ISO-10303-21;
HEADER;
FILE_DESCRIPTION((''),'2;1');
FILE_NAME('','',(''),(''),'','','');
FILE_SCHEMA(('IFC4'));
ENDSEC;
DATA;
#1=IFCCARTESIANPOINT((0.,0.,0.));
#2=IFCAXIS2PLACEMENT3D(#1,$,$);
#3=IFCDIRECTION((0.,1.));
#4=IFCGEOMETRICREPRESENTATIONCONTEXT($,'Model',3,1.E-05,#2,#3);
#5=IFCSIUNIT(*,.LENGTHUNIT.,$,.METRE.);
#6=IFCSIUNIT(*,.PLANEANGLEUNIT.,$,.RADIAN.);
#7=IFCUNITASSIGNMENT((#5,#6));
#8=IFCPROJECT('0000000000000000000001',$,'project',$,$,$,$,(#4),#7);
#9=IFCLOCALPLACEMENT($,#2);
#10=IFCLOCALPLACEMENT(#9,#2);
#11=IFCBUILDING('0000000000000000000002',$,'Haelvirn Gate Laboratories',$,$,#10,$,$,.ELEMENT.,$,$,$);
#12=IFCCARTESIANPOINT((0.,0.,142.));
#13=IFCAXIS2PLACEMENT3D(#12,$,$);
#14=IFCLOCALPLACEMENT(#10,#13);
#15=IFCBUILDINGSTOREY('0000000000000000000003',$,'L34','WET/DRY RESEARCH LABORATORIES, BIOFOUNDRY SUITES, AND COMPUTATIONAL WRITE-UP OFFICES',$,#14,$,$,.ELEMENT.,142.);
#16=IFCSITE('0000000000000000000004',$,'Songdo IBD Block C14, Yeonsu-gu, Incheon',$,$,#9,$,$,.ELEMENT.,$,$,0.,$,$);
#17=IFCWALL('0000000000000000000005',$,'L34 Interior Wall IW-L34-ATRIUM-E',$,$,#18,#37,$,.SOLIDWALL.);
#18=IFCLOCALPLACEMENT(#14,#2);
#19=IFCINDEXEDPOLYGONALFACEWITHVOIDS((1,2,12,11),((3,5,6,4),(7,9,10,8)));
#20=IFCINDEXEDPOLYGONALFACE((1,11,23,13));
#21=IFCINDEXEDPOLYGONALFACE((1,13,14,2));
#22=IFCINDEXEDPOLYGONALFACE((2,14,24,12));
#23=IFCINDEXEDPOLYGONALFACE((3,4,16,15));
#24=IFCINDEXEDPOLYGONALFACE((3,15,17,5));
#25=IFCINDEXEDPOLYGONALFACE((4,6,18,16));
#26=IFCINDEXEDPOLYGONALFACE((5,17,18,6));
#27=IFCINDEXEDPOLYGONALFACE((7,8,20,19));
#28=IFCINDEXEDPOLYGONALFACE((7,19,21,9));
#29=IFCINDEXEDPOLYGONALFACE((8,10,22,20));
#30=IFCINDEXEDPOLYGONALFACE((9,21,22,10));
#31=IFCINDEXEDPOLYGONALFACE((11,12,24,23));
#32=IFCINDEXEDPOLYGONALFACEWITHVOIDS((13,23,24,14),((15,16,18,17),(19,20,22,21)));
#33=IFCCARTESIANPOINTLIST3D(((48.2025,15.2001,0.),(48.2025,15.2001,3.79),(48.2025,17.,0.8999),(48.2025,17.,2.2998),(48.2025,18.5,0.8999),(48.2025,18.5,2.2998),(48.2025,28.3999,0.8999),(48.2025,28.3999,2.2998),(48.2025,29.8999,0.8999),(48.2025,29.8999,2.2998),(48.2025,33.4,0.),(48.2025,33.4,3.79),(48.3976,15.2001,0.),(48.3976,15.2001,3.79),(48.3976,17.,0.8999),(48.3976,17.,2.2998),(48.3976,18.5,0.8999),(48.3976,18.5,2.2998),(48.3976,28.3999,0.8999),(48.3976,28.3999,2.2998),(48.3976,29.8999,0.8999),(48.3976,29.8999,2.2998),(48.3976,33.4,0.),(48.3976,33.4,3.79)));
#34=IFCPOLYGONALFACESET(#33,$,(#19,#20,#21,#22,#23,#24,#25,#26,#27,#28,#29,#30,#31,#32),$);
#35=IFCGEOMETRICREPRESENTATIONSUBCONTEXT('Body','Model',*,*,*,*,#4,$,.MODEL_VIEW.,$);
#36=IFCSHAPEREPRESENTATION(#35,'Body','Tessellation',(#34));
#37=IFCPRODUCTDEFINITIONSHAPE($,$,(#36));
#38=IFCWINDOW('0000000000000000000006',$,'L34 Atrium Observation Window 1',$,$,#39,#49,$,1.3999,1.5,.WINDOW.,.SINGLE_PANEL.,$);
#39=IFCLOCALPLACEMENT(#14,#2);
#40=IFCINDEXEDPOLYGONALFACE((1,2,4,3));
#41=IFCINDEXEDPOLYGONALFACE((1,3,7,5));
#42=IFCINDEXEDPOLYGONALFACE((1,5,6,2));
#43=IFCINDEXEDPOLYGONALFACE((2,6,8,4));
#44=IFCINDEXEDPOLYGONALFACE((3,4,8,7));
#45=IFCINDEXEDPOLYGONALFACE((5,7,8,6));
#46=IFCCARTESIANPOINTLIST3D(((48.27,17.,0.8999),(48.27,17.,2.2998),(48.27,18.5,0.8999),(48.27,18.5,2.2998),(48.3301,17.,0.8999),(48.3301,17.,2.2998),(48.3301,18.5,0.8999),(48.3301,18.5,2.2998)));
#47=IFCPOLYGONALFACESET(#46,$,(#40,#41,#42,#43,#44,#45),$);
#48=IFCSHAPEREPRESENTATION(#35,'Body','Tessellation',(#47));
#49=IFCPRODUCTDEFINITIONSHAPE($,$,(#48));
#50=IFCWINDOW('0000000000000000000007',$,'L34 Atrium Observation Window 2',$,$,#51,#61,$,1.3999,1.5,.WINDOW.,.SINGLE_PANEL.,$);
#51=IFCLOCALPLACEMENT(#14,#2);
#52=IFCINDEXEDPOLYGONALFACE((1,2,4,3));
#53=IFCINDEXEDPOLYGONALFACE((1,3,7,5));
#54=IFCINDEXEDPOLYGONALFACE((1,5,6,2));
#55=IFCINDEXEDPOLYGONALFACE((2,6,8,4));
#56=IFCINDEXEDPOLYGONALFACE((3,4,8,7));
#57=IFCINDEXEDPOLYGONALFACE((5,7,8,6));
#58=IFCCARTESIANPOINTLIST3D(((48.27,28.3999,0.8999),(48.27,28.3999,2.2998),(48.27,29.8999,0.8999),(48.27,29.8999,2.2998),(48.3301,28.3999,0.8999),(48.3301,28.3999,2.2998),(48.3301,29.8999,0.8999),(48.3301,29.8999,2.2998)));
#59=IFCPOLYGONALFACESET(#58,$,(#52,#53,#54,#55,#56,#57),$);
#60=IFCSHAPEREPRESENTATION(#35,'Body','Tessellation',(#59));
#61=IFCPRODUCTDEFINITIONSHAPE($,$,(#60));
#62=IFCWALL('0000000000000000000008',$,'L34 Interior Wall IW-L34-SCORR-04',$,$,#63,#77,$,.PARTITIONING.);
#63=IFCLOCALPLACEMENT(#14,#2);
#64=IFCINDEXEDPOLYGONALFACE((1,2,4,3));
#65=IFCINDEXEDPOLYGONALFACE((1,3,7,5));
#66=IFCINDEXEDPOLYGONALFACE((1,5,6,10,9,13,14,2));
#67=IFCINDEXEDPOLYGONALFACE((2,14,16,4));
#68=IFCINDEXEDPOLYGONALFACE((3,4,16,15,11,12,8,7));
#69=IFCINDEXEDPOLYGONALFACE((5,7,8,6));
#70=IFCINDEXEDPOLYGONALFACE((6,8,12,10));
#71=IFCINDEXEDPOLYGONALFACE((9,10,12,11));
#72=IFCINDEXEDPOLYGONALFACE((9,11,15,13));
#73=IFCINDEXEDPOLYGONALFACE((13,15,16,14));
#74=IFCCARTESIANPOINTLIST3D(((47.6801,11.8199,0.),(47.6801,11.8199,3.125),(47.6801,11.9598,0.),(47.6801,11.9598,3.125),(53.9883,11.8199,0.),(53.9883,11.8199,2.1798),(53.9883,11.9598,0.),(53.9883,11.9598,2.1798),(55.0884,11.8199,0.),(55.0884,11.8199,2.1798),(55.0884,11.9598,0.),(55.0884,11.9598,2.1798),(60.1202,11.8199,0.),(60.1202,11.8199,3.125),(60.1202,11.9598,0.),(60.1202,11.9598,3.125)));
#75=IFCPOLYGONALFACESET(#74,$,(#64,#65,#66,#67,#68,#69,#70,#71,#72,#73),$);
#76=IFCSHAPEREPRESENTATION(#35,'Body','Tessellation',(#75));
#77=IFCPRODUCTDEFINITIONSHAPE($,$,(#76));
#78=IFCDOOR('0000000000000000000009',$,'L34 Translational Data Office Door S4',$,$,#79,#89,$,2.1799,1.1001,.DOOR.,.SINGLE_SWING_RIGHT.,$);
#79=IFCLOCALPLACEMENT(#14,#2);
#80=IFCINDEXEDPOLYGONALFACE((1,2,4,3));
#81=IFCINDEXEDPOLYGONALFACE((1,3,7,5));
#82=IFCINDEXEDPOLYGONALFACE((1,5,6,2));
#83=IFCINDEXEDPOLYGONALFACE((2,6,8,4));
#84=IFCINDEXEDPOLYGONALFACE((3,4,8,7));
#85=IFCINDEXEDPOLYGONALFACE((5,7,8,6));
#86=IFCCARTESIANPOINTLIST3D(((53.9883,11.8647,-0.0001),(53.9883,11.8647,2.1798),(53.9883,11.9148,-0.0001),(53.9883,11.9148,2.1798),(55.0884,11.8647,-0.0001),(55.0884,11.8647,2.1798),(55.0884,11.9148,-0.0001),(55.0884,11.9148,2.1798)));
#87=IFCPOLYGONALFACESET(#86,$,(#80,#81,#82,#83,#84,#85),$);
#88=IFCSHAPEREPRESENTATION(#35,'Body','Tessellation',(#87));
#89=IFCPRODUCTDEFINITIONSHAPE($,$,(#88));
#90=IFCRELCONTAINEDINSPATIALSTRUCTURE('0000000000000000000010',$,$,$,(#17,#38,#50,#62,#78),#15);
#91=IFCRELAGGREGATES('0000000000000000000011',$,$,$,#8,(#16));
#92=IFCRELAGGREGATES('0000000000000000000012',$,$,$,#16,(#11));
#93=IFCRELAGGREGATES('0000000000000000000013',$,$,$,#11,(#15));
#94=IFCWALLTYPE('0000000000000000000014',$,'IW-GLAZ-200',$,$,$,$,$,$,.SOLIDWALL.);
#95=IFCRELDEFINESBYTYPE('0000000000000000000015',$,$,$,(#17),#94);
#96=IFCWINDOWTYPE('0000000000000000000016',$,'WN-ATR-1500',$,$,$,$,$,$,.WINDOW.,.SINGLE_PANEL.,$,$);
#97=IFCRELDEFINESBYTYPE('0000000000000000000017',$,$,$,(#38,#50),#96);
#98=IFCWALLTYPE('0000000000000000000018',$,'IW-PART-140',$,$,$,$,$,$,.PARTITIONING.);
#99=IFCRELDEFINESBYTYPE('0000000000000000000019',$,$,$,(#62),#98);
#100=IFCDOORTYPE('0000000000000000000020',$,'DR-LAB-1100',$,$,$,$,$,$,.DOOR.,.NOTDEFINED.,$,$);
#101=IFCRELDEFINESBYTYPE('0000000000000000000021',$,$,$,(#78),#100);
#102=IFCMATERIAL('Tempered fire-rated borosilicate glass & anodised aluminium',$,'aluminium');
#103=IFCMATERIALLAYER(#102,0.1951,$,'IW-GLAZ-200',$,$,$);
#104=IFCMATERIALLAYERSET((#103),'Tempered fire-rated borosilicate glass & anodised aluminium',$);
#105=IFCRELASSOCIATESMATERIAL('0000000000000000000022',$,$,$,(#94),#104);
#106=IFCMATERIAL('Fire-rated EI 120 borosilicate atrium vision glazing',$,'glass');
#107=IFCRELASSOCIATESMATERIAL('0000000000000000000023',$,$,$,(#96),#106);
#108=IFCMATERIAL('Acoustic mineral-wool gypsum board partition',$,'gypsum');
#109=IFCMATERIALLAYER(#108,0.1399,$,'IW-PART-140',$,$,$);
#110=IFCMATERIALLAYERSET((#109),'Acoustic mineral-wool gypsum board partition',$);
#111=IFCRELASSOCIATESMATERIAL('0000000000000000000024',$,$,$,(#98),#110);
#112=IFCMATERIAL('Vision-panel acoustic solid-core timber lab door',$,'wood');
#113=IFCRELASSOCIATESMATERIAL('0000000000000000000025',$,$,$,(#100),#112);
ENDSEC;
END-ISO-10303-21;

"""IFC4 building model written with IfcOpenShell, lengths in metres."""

from ifc_helpers import new_model, si_unit, direction, frame, frame_2d, origin, place, context, subcontext, project, spatial, rectangle, extrude, source, transform, mapped, material, layer, layer_set, type_object, type_shapes, element, fill, save


model = new_model("IFC4")

# Units and contexts
model_context = context("Model", 3, precision=1e-05, world=origin(), true_north=direction((0.0, 1.0)))
body_context = subcontext(model_context, "Body", "Model", "MODEL_VIEW")
ifc_project = project(units=[si_unit("LENGTHUNIT", "METRE"), si_unit("PLANEANGLEUNIT", "RADIAN")], contexts=[model_context])

# Site, building, storey
site_placement = place(None, origin())
site = spatial("IfcSite", under=ifc_project, at=site_placement, Name="Songdo IBD Block C14, Yeonsu-gu, Incheon", CompositionType="ELEMENT", RefElevation=0.0)
building_placement = place(site_placement, origin())
building = spatial("IfcBuilding", under=site, at=building_placement, Name="Haelvirn Gate Laboratories", CompositionType="ELEMENT")
storey_placement = place(building_placement, frame((0.0, 0.0, 142.0)))
storey = spatial("IfcBuildingStorey", under=building, at=storey_placement, Name="L34", Description="WET/DRY RESEARCH LABORATORIES, BIOFOUNDRY SUITES, AND COMPUTATIONAL WRITE-UP OFFICES", CompositionType="ELEMENT", Elevation=142.0)

# Wall, openings, windows
ifc_material_1 = material(Name="Tempered fire-rated borosilicate glass & anodised aluminium", Category="aluminium")
ifc_layer_1 = layer(ifc_material_1, 0.1951, Name="IW-GLAZ-200")
ifc_layer_set_1 = layer_set([ifc_layer_1], Name="Tempered fire-rated borosilicate glass & anodised aluminium")
wall_type_1 = type_object("IfcWallType", Name="IW-GLAZ-200", PredefinedType="SOLIDWALL", material=ifc_layer_set_1)
wall_1_placement = place(storey_placement, frame((48.3, 15.2, 0.0), z_axis=(0.0, 0.0, 1.0), x_axis=(0.0, 1.0, 0.0)))
wall_1 = element("IfcWall", 1, at=wall_1_placement, inside=storey, type_object=wall_type_1, Name="L34 Interior Wall IW-L34-ATRIUM-E", PredefinedType="SOLIDWALL", context=body_context, shape_type="SweptSolid", body=[
    extrude(rectangle(XDim=18.2, YDim=0.1951, at=frame_2d((9.1001, 0.0))), origin(), (0.0, 0.0, 1.0), 3.79),
])
opening_1_placement = place(wall_1_placement, frame((1.8, 0.0, 0.8999)))
opening_1 = element("IfcOpeningElement", 2, at=opening_1_placement, cuts=wall_1, PredefinedType="OPENING", context=body_context, shape_type="SweptSolid", body=[
    extrude(rectangle(XDim=1.5, YDim=1.3999, at=frame_2d((0.75, 0.7))), frame((0.0, 0.1074, 0.0), z_axis=(0.0, -1.0, 0.0), x_axis=(1.0, 0.0, 0.0)), (0.0, 0.0, 1.0), 0.2151),
])
opening_2_placement = place(wall_1_placement, frame((13.2, 0.0, 0.8999)))
opening_2 = element("IfcOpeningElement", 3, at=opening_2_placement, cuts=wall_1, PredefinedType="OPENING", context=body_context, shape_type="SweptSolid", body=[
    extrude(rectangle(XDim=1.5, YDim=1.3999, at=frame_2d((0.75, 0.7))), frame((0.0, 0.1074, 0.0), z_axis=(0.0, -1.0, 0.0), x_axis=(1.0, 0.0, 0.0)), (0.0, 0.0, 1.0), 0.2151),
])
ifc_material_2 = material(Name="Fire-rated EI 120 borosilicate atrium vision glazing", Category="glass")
window_type = type_object("IfcWindowType", Name="WN-ATR-1500", PartitioningType="SINGLE_PANEL", PredefinedType="WINDOW", material=ifc_material_2)
shared_shape_1 = source(origin(), body_context, "Body", "SweptSolid", [
    extrude(rectangle(XDim=1.5, YDim=1.3999, at=frame_2d((0.75, 0.7))), frame((0.0, 0.03, 0.0), z_axis=(0.0, -1.0, 0.0), x_axis=(1.0, 0.0, 0.0)), (0.0, 0.0, 1.0), 0.0601),
])
type_shapes(window_type, [shared_shape_1])
window_1_placement = place(opening_1_placement, origin())
window_1 = element("IfcWindow", 4, at=window_1_placement, inside=storey, type_object=window_type, Name="L34 Atrium Observation Window 1", OverallHeight=1.3999, OverallWidth=1.5, PartitioningType="SINGLE_PANEL", PredefinedType="WINDOW", context=body_context, shape_type="MappedRepresentation", body=[
    mapped(shared_shape_1, transform((0.0, 0.0, 0.0), scale=1.0)),
])
fill(opening_1, window_1)
window_2_placement = place(opening_2_placement, origin())
window_2 = element("IfcWindow", 5, at=window_2_placement, inside=storey, type_object=window_type, Name="L34 Atrium Observation Window 2", OverallHeight=1.3999, OverallWidth=1.5, PartitioningType="SINGLE_PANEL", PredefinedType="WINDOW", context=body_context, shape_type="MappedRepresentation", body=[
    mapped(shared_shape_1, transform((0.0, 0.0, 0.0), scale=1.0)),
])
fill(opening_2, window_2)

# Wall, opening, door
ifc_material_3 = material(Name="Acoustic mineral-wool gypsum board partition", Category="gypsum")
ifc_layer_2 = layer(ifc_material_3, 0.1399, Name="IW-PART-140")
ifc_layer_set_2 = layer_set([ifc_layer_2], Name="Acoustic mineral-wool gypsum board partition")
wall_type_2 = type_object("IfcWallType", Name="IW-PART-140", PredefinedType="PARTITIONING", material=ifc_layer_set_2)
wall_2_placement = place(storey_placement, frame((47.6799, 11.8899, 0.0), z_axis=(0.0, 0.0, 1.0), x_axis=(1.0, 0.0, 0.0)))
wall_2 = element("IfcWall", 6, at=wall_2_placement, inside=storey, type_object=wall_type_2, Name="L34 Interior Wall IW-L34-SCORR-04", PredefinedType="PARTITIONING", context=body_context, shape_type="SweptSolid", body=[
    extrude(rectangle(XDim=12.4402, YDim=0.1399, at=frame_2d((6.2202, 0.0))), origin(), (0.0, 0.0, 1.0), 3.125),
])
opening_3_placement = place(wall_2_placement, frame((6.3083, 0.0, 0.0)))
opening_3 = element("IfcOpeningElement", 7, at=opening_3_placement, cuts=wall_2, PredefinedType="OPENING", context=body_context, shape_type="SweptSolid", body=[
    extrude(rectangle(XDim=1.1001, YDim=2.1799, at=frame_2d((0.55, 1.0898))), frame((0.0, 0.0801, 0.0), z_axis=(0.0, -1.0, 0.0), x_axis=(1.0, 0.0, 0.0)), (0.0, 0.0, 1.0), 0.1599),
])
ifc_material_4 = material(Name="Vision-panel acoustic solid-core timber lab door", Category="wood")
door_type_1 = type_object("IfcDoorType", Name="DR-LAB-1100", OperationType="NOTDEFINED", PredefinedType="DOOR", material=ifc_material_4)
shared_shape_2 = source(origin(), body_context, "Body", "SweptSolid", [
    extrude(rectangle(XDim=1.1001, YDim=2.1799, at=frame_2d((0.55, 1.0898))), frame((0.0, 0.0249, 0.0), z_axis=(0.0, -1.0, 0.0), x_axis=(1.0, 0.0, 0.0)), (0.0, 0.0, 1.0), 0.05),
])
type_shapes(door_type_1, [shared_shape_2])
door_1_placement = place(opening_3_placement, origin())
door_1 = element("IfcDoor", 8, at=door_1_placement, inside=storey, type_object=door_type_1, Name="L34 Translational Data Office Door S4", OperationType="SINGLE_SWING_RIGHT", OverallHeight=2.1799, OverallWidth=1.1001, PredefinedType="DOOR", context=body_context, shape_type="MappedRepresentation", body=[
    mapped(shared_shape_2, transform((0.0, 0.0, 0.0), scale=1.0)),
])
fill(opening_3, door_1)

save(model, "model.ifc")
